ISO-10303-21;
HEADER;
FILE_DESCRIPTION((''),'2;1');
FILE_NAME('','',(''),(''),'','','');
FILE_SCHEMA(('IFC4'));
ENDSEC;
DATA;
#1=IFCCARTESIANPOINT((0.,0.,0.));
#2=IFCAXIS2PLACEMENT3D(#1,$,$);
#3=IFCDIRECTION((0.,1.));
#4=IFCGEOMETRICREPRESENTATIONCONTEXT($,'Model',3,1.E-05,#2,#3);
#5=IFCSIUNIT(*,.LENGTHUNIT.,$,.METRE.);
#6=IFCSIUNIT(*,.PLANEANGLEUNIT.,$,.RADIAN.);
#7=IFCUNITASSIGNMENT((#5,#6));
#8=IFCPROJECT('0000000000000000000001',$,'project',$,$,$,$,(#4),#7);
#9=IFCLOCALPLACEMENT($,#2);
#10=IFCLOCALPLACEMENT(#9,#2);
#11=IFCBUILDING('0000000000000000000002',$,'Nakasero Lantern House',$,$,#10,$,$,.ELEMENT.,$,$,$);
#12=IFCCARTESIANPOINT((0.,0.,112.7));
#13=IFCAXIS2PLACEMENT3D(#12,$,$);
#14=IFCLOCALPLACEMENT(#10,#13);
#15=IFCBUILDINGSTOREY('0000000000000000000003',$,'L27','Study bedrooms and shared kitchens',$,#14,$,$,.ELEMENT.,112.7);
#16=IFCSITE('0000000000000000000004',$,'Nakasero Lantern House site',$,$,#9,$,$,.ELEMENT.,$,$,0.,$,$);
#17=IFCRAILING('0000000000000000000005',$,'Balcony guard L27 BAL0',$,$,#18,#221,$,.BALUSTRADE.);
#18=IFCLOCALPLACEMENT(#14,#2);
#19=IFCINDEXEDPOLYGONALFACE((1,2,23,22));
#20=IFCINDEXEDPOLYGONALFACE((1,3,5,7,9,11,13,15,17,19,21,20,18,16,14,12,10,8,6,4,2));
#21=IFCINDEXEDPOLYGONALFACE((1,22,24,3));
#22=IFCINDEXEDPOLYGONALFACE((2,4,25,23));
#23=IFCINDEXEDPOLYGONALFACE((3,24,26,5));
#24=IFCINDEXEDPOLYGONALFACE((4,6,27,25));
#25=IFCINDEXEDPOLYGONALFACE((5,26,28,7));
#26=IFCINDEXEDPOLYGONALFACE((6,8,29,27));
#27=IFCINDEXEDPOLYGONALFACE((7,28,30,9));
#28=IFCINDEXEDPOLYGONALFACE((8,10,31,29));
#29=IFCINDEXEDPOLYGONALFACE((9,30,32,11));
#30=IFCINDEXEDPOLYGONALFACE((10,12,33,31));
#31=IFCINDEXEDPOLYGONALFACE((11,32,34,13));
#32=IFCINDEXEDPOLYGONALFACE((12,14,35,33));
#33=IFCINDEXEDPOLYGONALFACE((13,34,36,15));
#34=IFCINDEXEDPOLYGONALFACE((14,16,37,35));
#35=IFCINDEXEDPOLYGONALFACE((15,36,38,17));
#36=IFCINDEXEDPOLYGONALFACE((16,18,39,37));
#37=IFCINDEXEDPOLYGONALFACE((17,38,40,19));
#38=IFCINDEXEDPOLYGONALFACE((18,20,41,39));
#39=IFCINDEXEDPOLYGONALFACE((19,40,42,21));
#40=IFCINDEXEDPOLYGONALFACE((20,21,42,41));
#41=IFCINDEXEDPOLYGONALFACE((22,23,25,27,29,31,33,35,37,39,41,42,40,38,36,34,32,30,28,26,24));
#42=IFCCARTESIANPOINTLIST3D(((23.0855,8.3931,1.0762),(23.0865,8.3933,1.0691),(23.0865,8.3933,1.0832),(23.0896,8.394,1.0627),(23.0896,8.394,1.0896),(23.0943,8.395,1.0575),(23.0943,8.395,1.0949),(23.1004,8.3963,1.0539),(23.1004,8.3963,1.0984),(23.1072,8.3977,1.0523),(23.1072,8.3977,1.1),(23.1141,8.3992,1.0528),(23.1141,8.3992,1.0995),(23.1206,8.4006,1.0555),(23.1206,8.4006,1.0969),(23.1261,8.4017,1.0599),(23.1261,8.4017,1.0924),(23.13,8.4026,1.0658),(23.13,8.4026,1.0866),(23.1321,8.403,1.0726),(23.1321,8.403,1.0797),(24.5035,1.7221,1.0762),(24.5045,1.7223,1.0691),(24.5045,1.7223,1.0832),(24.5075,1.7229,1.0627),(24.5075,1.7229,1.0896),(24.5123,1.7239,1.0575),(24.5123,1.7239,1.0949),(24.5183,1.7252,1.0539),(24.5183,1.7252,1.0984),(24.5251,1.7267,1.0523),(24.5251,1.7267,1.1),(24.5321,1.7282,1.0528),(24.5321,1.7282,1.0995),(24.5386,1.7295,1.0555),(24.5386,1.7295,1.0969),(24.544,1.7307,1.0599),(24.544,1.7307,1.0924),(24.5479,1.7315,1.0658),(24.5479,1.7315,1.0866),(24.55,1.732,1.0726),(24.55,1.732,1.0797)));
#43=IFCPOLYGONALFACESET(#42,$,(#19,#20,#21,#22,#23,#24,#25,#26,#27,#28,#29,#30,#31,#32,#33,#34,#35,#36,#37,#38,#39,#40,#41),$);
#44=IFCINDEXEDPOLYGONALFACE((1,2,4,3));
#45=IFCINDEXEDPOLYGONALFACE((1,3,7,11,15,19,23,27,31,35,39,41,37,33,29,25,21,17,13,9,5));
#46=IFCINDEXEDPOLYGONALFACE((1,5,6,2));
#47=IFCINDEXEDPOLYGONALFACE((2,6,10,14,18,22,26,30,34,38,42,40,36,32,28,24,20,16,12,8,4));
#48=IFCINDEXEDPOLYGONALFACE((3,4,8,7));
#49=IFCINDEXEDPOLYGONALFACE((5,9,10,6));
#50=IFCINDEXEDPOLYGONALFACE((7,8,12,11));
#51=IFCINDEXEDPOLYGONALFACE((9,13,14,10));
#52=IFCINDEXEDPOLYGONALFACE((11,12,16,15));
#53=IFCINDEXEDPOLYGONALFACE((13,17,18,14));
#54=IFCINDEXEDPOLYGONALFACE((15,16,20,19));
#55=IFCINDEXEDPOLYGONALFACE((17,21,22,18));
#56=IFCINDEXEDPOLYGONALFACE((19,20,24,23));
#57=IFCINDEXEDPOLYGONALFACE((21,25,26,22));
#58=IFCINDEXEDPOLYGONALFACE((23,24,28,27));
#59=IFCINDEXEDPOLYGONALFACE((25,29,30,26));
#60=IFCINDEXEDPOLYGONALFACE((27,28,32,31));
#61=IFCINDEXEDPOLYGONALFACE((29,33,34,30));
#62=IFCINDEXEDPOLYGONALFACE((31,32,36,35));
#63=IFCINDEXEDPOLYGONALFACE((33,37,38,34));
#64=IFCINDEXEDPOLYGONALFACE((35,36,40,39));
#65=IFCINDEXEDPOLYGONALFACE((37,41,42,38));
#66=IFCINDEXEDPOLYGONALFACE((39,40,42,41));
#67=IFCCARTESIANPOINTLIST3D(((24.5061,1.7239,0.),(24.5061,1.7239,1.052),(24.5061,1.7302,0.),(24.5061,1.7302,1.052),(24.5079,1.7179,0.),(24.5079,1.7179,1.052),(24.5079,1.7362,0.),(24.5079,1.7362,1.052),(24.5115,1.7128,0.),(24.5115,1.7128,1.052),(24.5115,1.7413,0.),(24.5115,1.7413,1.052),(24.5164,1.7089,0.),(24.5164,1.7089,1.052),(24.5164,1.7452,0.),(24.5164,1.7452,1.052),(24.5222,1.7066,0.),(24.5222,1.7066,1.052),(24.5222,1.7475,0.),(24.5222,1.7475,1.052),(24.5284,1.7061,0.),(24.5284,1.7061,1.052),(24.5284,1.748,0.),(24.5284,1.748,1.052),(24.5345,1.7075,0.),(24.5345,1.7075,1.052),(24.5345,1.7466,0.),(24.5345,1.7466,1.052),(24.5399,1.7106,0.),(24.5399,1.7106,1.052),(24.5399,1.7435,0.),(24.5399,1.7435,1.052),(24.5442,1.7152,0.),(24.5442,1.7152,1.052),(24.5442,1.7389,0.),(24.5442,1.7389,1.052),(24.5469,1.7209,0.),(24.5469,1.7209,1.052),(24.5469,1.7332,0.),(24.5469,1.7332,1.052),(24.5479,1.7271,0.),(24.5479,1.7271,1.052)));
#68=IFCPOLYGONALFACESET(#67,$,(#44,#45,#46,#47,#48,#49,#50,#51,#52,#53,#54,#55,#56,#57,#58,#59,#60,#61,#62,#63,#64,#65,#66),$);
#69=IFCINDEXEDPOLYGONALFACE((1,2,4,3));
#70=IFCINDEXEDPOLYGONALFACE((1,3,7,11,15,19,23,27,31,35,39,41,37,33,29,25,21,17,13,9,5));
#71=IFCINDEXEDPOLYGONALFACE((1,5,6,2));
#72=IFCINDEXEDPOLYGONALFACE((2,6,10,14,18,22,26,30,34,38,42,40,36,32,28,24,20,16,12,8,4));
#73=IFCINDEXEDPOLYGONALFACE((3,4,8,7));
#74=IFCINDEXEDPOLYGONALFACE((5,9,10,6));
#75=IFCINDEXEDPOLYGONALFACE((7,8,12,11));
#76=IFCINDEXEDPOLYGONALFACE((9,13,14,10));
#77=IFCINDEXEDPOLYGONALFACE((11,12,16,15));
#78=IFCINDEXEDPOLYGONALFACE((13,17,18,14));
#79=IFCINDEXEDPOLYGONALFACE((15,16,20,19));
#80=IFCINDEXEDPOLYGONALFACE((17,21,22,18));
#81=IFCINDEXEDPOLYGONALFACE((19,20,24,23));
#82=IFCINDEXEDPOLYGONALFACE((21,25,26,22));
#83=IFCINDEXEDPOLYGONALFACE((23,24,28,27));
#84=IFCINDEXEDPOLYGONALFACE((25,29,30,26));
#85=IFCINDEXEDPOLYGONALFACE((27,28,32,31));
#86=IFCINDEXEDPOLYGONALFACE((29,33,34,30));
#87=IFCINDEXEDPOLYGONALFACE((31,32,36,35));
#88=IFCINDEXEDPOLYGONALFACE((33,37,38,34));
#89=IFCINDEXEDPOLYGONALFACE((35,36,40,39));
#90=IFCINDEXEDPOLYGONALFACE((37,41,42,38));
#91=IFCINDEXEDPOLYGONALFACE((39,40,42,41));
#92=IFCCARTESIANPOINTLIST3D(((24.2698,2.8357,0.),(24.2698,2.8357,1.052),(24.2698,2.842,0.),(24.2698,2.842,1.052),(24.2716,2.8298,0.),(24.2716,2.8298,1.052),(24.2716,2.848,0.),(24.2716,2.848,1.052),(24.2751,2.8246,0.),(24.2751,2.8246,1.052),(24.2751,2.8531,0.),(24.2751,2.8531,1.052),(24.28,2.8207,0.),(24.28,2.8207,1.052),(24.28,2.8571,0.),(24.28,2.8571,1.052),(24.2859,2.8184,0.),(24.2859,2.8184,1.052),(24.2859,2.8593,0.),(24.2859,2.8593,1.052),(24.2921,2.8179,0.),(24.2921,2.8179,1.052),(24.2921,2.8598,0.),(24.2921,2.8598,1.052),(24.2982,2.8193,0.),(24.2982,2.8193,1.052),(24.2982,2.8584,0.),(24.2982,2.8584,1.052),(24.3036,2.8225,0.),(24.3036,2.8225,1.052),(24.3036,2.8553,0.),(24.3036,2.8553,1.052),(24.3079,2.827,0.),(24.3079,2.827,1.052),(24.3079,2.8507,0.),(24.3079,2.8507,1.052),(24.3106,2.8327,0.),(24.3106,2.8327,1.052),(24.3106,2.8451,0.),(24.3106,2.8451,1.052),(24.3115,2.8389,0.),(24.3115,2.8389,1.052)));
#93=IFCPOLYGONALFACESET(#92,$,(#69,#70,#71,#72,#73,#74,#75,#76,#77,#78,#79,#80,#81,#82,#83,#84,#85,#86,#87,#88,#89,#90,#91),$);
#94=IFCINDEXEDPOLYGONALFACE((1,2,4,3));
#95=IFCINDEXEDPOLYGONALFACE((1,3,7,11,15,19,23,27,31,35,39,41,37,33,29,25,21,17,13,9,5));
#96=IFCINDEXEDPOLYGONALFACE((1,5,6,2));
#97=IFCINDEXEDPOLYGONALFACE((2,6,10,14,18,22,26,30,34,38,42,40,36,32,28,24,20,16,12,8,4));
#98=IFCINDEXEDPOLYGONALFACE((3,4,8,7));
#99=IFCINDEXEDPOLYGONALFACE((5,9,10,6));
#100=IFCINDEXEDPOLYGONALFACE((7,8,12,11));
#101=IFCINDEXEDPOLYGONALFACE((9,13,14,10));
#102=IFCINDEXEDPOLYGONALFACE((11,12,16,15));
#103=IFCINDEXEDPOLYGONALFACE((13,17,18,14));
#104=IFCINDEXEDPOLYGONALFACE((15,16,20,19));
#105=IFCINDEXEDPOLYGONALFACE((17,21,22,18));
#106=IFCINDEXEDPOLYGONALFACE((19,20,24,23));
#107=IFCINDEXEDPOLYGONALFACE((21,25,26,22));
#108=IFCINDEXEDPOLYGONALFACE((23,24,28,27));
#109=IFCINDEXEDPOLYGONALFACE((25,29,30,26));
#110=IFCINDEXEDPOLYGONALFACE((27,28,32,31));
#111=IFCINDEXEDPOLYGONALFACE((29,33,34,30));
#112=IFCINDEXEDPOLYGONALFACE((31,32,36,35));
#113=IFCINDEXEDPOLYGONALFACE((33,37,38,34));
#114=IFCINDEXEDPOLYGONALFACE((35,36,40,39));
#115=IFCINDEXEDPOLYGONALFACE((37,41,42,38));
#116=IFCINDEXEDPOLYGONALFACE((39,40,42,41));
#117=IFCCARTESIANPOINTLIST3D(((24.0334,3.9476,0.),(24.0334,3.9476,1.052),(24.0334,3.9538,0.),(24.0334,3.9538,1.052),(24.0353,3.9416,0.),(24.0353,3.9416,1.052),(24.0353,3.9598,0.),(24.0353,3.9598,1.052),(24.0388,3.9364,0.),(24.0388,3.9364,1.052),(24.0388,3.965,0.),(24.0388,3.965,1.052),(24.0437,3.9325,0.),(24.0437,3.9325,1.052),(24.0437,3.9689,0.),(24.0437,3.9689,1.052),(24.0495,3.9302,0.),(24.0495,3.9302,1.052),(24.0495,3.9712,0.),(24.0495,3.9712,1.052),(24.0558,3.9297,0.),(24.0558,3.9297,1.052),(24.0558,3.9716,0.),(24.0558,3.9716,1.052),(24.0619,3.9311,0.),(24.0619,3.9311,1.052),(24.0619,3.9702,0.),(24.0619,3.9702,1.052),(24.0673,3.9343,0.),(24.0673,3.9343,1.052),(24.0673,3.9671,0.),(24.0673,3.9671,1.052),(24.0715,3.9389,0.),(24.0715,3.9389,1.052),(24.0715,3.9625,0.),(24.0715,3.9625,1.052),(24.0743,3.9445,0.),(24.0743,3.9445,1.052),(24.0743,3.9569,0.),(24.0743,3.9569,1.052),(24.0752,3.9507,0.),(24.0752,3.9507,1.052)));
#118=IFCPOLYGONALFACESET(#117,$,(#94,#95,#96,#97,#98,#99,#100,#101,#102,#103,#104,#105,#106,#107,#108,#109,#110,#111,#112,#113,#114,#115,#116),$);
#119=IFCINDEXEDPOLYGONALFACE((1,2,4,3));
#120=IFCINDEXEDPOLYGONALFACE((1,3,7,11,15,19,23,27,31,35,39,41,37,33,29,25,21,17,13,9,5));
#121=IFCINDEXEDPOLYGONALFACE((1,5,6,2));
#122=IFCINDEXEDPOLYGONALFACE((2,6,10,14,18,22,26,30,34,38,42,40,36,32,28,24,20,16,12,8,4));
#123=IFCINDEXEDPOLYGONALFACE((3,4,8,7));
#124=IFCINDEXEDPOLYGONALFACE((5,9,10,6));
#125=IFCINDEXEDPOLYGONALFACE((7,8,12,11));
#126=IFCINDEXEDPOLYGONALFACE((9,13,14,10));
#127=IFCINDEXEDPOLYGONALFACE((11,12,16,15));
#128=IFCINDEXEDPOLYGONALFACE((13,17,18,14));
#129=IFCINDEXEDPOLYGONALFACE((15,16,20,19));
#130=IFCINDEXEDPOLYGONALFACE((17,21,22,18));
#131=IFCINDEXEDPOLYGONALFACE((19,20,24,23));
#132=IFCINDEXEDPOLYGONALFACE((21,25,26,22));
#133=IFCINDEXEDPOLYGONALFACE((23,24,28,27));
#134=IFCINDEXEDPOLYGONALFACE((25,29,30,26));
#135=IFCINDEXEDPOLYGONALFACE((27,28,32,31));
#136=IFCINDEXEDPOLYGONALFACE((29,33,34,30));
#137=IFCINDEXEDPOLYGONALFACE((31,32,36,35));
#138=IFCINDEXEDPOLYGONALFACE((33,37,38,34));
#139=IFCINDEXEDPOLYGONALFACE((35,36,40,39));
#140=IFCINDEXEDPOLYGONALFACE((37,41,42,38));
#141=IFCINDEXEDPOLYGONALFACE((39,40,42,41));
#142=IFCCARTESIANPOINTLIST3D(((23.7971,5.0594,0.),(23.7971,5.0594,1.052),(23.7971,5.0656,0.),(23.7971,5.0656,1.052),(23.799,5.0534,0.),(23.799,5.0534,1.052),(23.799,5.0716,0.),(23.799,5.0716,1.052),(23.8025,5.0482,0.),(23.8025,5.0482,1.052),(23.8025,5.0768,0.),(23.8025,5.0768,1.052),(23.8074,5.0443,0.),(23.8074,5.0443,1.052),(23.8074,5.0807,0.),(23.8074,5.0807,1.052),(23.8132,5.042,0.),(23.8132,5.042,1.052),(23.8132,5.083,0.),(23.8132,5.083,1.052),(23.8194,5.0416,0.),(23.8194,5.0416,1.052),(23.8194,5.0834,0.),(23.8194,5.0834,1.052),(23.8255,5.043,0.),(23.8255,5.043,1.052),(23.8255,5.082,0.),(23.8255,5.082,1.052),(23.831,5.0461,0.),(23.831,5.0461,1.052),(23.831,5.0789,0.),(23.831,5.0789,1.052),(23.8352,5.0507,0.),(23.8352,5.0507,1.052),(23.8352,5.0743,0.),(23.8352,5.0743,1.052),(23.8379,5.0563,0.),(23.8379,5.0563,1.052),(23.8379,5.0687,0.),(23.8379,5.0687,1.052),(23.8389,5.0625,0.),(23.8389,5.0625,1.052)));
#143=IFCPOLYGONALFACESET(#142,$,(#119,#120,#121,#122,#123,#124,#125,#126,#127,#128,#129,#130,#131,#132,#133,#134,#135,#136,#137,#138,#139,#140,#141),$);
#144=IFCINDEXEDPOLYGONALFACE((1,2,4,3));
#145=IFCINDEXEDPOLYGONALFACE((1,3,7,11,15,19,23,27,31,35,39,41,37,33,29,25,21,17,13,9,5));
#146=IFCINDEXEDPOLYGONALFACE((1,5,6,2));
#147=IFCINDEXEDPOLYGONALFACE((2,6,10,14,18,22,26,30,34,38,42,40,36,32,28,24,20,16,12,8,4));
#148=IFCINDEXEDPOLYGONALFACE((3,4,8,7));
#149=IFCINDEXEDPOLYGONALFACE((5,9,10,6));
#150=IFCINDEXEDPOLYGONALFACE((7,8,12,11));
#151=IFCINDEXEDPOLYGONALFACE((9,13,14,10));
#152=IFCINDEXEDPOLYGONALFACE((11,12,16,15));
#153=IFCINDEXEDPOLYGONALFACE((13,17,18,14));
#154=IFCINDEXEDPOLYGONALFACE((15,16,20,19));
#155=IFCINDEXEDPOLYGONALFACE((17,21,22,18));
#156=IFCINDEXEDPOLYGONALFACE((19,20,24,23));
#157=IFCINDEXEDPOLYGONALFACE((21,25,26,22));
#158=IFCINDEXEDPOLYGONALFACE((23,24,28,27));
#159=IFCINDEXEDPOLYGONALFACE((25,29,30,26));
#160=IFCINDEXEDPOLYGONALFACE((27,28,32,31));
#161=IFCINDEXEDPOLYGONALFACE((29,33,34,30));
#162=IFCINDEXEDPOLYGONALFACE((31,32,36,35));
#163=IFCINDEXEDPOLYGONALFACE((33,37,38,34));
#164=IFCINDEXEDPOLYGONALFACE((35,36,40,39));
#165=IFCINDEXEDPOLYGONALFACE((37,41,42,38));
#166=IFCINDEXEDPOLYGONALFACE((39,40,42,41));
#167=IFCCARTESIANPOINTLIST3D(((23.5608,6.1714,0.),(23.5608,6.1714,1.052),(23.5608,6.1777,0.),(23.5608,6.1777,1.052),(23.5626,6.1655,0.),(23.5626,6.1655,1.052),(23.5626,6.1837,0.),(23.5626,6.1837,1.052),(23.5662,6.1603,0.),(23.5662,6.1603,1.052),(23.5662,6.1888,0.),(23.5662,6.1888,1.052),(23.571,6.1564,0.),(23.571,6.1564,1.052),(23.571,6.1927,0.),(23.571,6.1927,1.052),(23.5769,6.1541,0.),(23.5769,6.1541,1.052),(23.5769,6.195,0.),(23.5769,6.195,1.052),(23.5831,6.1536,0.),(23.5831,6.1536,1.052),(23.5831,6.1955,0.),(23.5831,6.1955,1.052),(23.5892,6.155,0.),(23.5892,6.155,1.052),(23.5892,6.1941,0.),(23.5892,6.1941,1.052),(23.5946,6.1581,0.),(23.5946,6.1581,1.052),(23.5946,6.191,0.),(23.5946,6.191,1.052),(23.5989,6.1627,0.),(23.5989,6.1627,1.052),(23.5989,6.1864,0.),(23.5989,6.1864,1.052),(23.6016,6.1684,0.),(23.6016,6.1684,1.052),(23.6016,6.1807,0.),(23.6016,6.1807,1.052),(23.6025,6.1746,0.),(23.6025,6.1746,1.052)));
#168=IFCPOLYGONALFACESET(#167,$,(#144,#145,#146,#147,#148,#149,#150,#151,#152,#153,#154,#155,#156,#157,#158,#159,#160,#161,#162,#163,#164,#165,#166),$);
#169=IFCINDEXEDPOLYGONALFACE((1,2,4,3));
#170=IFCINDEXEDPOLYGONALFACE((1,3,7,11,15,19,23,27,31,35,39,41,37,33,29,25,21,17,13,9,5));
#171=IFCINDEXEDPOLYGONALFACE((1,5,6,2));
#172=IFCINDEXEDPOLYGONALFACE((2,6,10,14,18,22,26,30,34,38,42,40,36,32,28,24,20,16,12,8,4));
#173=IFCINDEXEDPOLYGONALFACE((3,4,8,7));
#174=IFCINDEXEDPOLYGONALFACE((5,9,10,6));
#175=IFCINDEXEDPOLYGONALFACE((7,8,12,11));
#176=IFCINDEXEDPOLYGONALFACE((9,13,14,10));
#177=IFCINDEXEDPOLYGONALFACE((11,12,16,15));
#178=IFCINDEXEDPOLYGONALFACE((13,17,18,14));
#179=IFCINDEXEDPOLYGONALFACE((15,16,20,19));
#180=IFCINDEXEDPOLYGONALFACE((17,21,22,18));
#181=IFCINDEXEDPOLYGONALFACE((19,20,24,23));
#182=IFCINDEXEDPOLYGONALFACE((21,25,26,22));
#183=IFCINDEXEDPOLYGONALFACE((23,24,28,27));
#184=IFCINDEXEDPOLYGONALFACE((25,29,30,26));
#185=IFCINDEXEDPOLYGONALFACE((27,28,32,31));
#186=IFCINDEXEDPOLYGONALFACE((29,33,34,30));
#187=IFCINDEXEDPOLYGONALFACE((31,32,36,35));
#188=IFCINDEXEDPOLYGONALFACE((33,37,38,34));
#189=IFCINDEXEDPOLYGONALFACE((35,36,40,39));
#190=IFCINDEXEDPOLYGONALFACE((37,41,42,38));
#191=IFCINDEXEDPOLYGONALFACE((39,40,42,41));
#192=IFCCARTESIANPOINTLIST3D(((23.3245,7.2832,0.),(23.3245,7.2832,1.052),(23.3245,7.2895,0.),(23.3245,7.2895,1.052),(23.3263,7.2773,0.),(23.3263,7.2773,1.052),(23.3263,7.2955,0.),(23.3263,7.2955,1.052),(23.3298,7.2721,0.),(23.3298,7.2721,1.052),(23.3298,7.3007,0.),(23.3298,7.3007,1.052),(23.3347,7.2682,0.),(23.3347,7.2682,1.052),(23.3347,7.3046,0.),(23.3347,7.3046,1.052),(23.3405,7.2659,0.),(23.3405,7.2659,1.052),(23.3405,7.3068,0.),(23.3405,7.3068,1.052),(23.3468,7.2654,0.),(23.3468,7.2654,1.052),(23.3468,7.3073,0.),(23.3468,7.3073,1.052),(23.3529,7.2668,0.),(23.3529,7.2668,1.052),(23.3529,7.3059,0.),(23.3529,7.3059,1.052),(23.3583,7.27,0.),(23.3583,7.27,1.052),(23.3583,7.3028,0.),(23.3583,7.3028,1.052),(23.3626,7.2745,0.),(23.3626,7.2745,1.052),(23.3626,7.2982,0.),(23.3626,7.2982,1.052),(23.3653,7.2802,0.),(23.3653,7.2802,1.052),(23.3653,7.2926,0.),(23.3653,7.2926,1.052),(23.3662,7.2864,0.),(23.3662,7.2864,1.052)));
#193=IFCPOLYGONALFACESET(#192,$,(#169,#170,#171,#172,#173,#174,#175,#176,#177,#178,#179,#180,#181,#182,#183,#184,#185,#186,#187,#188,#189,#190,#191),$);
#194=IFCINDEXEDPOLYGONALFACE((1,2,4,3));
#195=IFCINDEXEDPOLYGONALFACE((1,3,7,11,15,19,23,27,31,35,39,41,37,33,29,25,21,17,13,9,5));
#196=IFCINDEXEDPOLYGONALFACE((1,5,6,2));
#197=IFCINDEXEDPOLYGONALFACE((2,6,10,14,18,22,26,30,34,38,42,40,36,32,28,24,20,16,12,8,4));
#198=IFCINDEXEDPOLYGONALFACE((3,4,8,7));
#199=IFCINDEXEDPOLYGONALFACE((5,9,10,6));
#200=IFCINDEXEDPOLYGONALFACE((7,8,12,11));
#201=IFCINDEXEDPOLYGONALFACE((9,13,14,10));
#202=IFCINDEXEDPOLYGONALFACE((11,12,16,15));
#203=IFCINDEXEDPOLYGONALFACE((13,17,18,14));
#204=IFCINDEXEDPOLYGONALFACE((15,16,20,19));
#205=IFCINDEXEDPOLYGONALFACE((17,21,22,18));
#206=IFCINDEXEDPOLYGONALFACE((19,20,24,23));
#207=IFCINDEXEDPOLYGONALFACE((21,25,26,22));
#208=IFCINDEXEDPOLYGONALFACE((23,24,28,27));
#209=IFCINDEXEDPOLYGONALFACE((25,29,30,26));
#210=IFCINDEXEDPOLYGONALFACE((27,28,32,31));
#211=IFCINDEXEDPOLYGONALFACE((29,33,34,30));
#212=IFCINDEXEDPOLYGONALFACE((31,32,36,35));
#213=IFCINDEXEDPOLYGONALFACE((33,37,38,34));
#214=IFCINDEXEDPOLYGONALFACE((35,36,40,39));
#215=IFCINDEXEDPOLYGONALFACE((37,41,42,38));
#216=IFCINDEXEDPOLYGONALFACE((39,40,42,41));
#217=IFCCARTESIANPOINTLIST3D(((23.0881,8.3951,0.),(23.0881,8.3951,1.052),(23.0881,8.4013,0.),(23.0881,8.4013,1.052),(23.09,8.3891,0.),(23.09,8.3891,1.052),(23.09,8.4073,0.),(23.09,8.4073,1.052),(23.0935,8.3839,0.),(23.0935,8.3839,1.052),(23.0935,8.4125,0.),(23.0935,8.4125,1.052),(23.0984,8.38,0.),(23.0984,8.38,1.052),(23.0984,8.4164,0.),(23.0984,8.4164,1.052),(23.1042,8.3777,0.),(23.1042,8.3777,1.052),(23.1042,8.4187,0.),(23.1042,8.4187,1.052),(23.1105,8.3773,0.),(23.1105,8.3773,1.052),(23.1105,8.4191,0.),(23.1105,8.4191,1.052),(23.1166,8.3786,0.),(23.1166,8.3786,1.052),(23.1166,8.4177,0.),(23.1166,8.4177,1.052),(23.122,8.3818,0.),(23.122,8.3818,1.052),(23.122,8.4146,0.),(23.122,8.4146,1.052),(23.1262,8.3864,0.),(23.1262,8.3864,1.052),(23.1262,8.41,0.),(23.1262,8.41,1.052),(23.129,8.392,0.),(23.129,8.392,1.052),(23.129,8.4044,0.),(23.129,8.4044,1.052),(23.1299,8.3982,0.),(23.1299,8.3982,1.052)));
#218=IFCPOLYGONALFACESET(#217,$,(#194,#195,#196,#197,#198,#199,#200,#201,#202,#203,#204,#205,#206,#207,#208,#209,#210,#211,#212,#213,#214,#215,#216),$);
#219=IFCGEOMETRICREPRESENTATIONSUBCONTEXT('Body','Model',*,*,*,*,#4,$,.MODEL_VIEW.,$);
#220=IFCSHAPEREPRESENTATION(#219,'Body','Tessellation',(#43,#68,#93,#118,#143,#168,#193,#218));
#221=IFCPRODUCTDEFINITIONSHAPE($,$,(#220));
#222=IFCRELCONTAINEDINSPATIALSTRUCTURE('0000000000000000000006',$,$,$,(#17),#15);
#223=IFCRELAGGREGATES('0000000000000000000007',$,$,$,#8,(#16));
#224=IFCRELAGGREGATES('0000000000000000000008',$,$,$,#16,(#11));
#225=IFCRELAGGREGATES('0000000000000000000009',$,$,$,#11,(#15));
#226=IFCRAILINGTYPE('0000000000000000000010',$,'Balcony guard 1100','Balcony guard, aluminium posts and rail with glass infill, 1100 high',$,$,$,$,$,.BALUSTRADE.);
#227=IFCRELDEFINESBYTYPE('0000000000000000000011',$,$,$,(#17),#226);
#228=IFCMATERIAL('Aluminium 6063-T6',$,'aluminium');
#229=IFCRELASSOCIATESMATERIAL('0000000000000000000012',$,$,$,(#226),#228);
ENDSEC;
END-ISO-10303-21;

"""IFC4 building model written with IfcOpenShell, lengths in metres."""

from ifc_helpers import new_model, si_unit, direction, frame, origin, origin_2d, place, context, subcontext, project, spatial, circle, extrude, material, type_object, element, save


model = new_model("IFC4")

# Units and contexts
model_context = context("Model", 3, precision=1e-05, world=origin(), true_north=direction((0.0, 1.0)))
body_context = subcontext(model_context, "Body", "Model", "MODEL_VIEW")
ifc_project = project(units=[si_unit("LENGTHUNIT", "METRE"), si_unit("PLANEANGLEUNIT", "RADIAN")], contexts=[model_context])

# Site, building, storey
site_placement = place(None, origin())
site = spatial("IfcSite", under=ifc_project, at=site_placement, Name="Nakasero Lantern House site", CompositionType="ELEMENT", RefElevation=0.0)
building_placement = place(site_placement, origin())
building = spatial("IfcBuilding", under=site, at=building_placement, Name="Nakasero Lantern House", CompositionType="ELEMENT")
storey_placement = place(building_placement, frame((0.0, 0.0, 112.7)))
storey = spatial("IfcBuildingStorey", under=building, at=storey_placement, Name="L27", Description="Study bedrooms and shared kitchens", CompositionType="ELEMENT", Elevation=112.7)

# Railing
ifc_material_1 = material(Name="Aluminium 6063-T6", Category="aluminium")
railing_type = type_object("IfcRailingType", Name="Balcony guard 1100", Description="Balcony guard, aluminium posts and rail with glass infill, 1100 high", PredefinedType="BALUSTRADE", material=ifc_material_1)
railing_placement = place(storey_placement, frame((24.5269, 1.7271, 0.0)))
element("IfcRailing", 1, at=railing_placement, inside=storey, type_object=railing_type, Name="Balcony guard L27 BAL0", PredefinedType="BALUSTRADE", context=body_context, shape_type="SweptSolid", body=[
    extrude(circle(Radius=0.0239, at=origin_2d()), frame((0.0, 0.0, 1.0762), z_axis=(-0.207908, 0.978148, 0.0), x_axis=(-0.978148, -0.207908, 0.0)), (0.0, 0.0, 1.0), 6.8201),
    extrude(circle(Radius=0.021, at=origin_2d()), origin(), (0.0, 0.0, 1.0), 1.052),
    extrude(circle(Radius=0.021, at=origin_2d()), frame((-0.2363, 1.1118, 0.0)), (0.0, 0.0, 1.0), 1.052),
    extrude(circle(Radius=0.021, at=origin_2d()), frame((-0.4727, 2.2236, 0.0)), (0.0, 0.0, 1.0), 1.052),
    extrude(circle(Radius=0.021, at=origin_2d()), frame((-0.709, 3.3354, 0.0)), (0.0, 0.0, 1.0), 1.052),
    extrude(circle(Radius=0.021, at=origin_2d()), frame((-0.9453, 4.4475, 0.0)), (0.0, 0.0, 1.0), 1.052),
    extrude(circle(Radius=0.021, at=origin_2d()), frame((-1.1816, 5.5593, 0.0)), (0.0, 0.0, 1.0), 1.052),
    extrude(circle(Radius=0.021, at=origin_2d()), frame((-1.418, 6.6711, 0.0)), (0.0, 0.0, 1.0), 1.052),
])

save(model, "model.ifc")
